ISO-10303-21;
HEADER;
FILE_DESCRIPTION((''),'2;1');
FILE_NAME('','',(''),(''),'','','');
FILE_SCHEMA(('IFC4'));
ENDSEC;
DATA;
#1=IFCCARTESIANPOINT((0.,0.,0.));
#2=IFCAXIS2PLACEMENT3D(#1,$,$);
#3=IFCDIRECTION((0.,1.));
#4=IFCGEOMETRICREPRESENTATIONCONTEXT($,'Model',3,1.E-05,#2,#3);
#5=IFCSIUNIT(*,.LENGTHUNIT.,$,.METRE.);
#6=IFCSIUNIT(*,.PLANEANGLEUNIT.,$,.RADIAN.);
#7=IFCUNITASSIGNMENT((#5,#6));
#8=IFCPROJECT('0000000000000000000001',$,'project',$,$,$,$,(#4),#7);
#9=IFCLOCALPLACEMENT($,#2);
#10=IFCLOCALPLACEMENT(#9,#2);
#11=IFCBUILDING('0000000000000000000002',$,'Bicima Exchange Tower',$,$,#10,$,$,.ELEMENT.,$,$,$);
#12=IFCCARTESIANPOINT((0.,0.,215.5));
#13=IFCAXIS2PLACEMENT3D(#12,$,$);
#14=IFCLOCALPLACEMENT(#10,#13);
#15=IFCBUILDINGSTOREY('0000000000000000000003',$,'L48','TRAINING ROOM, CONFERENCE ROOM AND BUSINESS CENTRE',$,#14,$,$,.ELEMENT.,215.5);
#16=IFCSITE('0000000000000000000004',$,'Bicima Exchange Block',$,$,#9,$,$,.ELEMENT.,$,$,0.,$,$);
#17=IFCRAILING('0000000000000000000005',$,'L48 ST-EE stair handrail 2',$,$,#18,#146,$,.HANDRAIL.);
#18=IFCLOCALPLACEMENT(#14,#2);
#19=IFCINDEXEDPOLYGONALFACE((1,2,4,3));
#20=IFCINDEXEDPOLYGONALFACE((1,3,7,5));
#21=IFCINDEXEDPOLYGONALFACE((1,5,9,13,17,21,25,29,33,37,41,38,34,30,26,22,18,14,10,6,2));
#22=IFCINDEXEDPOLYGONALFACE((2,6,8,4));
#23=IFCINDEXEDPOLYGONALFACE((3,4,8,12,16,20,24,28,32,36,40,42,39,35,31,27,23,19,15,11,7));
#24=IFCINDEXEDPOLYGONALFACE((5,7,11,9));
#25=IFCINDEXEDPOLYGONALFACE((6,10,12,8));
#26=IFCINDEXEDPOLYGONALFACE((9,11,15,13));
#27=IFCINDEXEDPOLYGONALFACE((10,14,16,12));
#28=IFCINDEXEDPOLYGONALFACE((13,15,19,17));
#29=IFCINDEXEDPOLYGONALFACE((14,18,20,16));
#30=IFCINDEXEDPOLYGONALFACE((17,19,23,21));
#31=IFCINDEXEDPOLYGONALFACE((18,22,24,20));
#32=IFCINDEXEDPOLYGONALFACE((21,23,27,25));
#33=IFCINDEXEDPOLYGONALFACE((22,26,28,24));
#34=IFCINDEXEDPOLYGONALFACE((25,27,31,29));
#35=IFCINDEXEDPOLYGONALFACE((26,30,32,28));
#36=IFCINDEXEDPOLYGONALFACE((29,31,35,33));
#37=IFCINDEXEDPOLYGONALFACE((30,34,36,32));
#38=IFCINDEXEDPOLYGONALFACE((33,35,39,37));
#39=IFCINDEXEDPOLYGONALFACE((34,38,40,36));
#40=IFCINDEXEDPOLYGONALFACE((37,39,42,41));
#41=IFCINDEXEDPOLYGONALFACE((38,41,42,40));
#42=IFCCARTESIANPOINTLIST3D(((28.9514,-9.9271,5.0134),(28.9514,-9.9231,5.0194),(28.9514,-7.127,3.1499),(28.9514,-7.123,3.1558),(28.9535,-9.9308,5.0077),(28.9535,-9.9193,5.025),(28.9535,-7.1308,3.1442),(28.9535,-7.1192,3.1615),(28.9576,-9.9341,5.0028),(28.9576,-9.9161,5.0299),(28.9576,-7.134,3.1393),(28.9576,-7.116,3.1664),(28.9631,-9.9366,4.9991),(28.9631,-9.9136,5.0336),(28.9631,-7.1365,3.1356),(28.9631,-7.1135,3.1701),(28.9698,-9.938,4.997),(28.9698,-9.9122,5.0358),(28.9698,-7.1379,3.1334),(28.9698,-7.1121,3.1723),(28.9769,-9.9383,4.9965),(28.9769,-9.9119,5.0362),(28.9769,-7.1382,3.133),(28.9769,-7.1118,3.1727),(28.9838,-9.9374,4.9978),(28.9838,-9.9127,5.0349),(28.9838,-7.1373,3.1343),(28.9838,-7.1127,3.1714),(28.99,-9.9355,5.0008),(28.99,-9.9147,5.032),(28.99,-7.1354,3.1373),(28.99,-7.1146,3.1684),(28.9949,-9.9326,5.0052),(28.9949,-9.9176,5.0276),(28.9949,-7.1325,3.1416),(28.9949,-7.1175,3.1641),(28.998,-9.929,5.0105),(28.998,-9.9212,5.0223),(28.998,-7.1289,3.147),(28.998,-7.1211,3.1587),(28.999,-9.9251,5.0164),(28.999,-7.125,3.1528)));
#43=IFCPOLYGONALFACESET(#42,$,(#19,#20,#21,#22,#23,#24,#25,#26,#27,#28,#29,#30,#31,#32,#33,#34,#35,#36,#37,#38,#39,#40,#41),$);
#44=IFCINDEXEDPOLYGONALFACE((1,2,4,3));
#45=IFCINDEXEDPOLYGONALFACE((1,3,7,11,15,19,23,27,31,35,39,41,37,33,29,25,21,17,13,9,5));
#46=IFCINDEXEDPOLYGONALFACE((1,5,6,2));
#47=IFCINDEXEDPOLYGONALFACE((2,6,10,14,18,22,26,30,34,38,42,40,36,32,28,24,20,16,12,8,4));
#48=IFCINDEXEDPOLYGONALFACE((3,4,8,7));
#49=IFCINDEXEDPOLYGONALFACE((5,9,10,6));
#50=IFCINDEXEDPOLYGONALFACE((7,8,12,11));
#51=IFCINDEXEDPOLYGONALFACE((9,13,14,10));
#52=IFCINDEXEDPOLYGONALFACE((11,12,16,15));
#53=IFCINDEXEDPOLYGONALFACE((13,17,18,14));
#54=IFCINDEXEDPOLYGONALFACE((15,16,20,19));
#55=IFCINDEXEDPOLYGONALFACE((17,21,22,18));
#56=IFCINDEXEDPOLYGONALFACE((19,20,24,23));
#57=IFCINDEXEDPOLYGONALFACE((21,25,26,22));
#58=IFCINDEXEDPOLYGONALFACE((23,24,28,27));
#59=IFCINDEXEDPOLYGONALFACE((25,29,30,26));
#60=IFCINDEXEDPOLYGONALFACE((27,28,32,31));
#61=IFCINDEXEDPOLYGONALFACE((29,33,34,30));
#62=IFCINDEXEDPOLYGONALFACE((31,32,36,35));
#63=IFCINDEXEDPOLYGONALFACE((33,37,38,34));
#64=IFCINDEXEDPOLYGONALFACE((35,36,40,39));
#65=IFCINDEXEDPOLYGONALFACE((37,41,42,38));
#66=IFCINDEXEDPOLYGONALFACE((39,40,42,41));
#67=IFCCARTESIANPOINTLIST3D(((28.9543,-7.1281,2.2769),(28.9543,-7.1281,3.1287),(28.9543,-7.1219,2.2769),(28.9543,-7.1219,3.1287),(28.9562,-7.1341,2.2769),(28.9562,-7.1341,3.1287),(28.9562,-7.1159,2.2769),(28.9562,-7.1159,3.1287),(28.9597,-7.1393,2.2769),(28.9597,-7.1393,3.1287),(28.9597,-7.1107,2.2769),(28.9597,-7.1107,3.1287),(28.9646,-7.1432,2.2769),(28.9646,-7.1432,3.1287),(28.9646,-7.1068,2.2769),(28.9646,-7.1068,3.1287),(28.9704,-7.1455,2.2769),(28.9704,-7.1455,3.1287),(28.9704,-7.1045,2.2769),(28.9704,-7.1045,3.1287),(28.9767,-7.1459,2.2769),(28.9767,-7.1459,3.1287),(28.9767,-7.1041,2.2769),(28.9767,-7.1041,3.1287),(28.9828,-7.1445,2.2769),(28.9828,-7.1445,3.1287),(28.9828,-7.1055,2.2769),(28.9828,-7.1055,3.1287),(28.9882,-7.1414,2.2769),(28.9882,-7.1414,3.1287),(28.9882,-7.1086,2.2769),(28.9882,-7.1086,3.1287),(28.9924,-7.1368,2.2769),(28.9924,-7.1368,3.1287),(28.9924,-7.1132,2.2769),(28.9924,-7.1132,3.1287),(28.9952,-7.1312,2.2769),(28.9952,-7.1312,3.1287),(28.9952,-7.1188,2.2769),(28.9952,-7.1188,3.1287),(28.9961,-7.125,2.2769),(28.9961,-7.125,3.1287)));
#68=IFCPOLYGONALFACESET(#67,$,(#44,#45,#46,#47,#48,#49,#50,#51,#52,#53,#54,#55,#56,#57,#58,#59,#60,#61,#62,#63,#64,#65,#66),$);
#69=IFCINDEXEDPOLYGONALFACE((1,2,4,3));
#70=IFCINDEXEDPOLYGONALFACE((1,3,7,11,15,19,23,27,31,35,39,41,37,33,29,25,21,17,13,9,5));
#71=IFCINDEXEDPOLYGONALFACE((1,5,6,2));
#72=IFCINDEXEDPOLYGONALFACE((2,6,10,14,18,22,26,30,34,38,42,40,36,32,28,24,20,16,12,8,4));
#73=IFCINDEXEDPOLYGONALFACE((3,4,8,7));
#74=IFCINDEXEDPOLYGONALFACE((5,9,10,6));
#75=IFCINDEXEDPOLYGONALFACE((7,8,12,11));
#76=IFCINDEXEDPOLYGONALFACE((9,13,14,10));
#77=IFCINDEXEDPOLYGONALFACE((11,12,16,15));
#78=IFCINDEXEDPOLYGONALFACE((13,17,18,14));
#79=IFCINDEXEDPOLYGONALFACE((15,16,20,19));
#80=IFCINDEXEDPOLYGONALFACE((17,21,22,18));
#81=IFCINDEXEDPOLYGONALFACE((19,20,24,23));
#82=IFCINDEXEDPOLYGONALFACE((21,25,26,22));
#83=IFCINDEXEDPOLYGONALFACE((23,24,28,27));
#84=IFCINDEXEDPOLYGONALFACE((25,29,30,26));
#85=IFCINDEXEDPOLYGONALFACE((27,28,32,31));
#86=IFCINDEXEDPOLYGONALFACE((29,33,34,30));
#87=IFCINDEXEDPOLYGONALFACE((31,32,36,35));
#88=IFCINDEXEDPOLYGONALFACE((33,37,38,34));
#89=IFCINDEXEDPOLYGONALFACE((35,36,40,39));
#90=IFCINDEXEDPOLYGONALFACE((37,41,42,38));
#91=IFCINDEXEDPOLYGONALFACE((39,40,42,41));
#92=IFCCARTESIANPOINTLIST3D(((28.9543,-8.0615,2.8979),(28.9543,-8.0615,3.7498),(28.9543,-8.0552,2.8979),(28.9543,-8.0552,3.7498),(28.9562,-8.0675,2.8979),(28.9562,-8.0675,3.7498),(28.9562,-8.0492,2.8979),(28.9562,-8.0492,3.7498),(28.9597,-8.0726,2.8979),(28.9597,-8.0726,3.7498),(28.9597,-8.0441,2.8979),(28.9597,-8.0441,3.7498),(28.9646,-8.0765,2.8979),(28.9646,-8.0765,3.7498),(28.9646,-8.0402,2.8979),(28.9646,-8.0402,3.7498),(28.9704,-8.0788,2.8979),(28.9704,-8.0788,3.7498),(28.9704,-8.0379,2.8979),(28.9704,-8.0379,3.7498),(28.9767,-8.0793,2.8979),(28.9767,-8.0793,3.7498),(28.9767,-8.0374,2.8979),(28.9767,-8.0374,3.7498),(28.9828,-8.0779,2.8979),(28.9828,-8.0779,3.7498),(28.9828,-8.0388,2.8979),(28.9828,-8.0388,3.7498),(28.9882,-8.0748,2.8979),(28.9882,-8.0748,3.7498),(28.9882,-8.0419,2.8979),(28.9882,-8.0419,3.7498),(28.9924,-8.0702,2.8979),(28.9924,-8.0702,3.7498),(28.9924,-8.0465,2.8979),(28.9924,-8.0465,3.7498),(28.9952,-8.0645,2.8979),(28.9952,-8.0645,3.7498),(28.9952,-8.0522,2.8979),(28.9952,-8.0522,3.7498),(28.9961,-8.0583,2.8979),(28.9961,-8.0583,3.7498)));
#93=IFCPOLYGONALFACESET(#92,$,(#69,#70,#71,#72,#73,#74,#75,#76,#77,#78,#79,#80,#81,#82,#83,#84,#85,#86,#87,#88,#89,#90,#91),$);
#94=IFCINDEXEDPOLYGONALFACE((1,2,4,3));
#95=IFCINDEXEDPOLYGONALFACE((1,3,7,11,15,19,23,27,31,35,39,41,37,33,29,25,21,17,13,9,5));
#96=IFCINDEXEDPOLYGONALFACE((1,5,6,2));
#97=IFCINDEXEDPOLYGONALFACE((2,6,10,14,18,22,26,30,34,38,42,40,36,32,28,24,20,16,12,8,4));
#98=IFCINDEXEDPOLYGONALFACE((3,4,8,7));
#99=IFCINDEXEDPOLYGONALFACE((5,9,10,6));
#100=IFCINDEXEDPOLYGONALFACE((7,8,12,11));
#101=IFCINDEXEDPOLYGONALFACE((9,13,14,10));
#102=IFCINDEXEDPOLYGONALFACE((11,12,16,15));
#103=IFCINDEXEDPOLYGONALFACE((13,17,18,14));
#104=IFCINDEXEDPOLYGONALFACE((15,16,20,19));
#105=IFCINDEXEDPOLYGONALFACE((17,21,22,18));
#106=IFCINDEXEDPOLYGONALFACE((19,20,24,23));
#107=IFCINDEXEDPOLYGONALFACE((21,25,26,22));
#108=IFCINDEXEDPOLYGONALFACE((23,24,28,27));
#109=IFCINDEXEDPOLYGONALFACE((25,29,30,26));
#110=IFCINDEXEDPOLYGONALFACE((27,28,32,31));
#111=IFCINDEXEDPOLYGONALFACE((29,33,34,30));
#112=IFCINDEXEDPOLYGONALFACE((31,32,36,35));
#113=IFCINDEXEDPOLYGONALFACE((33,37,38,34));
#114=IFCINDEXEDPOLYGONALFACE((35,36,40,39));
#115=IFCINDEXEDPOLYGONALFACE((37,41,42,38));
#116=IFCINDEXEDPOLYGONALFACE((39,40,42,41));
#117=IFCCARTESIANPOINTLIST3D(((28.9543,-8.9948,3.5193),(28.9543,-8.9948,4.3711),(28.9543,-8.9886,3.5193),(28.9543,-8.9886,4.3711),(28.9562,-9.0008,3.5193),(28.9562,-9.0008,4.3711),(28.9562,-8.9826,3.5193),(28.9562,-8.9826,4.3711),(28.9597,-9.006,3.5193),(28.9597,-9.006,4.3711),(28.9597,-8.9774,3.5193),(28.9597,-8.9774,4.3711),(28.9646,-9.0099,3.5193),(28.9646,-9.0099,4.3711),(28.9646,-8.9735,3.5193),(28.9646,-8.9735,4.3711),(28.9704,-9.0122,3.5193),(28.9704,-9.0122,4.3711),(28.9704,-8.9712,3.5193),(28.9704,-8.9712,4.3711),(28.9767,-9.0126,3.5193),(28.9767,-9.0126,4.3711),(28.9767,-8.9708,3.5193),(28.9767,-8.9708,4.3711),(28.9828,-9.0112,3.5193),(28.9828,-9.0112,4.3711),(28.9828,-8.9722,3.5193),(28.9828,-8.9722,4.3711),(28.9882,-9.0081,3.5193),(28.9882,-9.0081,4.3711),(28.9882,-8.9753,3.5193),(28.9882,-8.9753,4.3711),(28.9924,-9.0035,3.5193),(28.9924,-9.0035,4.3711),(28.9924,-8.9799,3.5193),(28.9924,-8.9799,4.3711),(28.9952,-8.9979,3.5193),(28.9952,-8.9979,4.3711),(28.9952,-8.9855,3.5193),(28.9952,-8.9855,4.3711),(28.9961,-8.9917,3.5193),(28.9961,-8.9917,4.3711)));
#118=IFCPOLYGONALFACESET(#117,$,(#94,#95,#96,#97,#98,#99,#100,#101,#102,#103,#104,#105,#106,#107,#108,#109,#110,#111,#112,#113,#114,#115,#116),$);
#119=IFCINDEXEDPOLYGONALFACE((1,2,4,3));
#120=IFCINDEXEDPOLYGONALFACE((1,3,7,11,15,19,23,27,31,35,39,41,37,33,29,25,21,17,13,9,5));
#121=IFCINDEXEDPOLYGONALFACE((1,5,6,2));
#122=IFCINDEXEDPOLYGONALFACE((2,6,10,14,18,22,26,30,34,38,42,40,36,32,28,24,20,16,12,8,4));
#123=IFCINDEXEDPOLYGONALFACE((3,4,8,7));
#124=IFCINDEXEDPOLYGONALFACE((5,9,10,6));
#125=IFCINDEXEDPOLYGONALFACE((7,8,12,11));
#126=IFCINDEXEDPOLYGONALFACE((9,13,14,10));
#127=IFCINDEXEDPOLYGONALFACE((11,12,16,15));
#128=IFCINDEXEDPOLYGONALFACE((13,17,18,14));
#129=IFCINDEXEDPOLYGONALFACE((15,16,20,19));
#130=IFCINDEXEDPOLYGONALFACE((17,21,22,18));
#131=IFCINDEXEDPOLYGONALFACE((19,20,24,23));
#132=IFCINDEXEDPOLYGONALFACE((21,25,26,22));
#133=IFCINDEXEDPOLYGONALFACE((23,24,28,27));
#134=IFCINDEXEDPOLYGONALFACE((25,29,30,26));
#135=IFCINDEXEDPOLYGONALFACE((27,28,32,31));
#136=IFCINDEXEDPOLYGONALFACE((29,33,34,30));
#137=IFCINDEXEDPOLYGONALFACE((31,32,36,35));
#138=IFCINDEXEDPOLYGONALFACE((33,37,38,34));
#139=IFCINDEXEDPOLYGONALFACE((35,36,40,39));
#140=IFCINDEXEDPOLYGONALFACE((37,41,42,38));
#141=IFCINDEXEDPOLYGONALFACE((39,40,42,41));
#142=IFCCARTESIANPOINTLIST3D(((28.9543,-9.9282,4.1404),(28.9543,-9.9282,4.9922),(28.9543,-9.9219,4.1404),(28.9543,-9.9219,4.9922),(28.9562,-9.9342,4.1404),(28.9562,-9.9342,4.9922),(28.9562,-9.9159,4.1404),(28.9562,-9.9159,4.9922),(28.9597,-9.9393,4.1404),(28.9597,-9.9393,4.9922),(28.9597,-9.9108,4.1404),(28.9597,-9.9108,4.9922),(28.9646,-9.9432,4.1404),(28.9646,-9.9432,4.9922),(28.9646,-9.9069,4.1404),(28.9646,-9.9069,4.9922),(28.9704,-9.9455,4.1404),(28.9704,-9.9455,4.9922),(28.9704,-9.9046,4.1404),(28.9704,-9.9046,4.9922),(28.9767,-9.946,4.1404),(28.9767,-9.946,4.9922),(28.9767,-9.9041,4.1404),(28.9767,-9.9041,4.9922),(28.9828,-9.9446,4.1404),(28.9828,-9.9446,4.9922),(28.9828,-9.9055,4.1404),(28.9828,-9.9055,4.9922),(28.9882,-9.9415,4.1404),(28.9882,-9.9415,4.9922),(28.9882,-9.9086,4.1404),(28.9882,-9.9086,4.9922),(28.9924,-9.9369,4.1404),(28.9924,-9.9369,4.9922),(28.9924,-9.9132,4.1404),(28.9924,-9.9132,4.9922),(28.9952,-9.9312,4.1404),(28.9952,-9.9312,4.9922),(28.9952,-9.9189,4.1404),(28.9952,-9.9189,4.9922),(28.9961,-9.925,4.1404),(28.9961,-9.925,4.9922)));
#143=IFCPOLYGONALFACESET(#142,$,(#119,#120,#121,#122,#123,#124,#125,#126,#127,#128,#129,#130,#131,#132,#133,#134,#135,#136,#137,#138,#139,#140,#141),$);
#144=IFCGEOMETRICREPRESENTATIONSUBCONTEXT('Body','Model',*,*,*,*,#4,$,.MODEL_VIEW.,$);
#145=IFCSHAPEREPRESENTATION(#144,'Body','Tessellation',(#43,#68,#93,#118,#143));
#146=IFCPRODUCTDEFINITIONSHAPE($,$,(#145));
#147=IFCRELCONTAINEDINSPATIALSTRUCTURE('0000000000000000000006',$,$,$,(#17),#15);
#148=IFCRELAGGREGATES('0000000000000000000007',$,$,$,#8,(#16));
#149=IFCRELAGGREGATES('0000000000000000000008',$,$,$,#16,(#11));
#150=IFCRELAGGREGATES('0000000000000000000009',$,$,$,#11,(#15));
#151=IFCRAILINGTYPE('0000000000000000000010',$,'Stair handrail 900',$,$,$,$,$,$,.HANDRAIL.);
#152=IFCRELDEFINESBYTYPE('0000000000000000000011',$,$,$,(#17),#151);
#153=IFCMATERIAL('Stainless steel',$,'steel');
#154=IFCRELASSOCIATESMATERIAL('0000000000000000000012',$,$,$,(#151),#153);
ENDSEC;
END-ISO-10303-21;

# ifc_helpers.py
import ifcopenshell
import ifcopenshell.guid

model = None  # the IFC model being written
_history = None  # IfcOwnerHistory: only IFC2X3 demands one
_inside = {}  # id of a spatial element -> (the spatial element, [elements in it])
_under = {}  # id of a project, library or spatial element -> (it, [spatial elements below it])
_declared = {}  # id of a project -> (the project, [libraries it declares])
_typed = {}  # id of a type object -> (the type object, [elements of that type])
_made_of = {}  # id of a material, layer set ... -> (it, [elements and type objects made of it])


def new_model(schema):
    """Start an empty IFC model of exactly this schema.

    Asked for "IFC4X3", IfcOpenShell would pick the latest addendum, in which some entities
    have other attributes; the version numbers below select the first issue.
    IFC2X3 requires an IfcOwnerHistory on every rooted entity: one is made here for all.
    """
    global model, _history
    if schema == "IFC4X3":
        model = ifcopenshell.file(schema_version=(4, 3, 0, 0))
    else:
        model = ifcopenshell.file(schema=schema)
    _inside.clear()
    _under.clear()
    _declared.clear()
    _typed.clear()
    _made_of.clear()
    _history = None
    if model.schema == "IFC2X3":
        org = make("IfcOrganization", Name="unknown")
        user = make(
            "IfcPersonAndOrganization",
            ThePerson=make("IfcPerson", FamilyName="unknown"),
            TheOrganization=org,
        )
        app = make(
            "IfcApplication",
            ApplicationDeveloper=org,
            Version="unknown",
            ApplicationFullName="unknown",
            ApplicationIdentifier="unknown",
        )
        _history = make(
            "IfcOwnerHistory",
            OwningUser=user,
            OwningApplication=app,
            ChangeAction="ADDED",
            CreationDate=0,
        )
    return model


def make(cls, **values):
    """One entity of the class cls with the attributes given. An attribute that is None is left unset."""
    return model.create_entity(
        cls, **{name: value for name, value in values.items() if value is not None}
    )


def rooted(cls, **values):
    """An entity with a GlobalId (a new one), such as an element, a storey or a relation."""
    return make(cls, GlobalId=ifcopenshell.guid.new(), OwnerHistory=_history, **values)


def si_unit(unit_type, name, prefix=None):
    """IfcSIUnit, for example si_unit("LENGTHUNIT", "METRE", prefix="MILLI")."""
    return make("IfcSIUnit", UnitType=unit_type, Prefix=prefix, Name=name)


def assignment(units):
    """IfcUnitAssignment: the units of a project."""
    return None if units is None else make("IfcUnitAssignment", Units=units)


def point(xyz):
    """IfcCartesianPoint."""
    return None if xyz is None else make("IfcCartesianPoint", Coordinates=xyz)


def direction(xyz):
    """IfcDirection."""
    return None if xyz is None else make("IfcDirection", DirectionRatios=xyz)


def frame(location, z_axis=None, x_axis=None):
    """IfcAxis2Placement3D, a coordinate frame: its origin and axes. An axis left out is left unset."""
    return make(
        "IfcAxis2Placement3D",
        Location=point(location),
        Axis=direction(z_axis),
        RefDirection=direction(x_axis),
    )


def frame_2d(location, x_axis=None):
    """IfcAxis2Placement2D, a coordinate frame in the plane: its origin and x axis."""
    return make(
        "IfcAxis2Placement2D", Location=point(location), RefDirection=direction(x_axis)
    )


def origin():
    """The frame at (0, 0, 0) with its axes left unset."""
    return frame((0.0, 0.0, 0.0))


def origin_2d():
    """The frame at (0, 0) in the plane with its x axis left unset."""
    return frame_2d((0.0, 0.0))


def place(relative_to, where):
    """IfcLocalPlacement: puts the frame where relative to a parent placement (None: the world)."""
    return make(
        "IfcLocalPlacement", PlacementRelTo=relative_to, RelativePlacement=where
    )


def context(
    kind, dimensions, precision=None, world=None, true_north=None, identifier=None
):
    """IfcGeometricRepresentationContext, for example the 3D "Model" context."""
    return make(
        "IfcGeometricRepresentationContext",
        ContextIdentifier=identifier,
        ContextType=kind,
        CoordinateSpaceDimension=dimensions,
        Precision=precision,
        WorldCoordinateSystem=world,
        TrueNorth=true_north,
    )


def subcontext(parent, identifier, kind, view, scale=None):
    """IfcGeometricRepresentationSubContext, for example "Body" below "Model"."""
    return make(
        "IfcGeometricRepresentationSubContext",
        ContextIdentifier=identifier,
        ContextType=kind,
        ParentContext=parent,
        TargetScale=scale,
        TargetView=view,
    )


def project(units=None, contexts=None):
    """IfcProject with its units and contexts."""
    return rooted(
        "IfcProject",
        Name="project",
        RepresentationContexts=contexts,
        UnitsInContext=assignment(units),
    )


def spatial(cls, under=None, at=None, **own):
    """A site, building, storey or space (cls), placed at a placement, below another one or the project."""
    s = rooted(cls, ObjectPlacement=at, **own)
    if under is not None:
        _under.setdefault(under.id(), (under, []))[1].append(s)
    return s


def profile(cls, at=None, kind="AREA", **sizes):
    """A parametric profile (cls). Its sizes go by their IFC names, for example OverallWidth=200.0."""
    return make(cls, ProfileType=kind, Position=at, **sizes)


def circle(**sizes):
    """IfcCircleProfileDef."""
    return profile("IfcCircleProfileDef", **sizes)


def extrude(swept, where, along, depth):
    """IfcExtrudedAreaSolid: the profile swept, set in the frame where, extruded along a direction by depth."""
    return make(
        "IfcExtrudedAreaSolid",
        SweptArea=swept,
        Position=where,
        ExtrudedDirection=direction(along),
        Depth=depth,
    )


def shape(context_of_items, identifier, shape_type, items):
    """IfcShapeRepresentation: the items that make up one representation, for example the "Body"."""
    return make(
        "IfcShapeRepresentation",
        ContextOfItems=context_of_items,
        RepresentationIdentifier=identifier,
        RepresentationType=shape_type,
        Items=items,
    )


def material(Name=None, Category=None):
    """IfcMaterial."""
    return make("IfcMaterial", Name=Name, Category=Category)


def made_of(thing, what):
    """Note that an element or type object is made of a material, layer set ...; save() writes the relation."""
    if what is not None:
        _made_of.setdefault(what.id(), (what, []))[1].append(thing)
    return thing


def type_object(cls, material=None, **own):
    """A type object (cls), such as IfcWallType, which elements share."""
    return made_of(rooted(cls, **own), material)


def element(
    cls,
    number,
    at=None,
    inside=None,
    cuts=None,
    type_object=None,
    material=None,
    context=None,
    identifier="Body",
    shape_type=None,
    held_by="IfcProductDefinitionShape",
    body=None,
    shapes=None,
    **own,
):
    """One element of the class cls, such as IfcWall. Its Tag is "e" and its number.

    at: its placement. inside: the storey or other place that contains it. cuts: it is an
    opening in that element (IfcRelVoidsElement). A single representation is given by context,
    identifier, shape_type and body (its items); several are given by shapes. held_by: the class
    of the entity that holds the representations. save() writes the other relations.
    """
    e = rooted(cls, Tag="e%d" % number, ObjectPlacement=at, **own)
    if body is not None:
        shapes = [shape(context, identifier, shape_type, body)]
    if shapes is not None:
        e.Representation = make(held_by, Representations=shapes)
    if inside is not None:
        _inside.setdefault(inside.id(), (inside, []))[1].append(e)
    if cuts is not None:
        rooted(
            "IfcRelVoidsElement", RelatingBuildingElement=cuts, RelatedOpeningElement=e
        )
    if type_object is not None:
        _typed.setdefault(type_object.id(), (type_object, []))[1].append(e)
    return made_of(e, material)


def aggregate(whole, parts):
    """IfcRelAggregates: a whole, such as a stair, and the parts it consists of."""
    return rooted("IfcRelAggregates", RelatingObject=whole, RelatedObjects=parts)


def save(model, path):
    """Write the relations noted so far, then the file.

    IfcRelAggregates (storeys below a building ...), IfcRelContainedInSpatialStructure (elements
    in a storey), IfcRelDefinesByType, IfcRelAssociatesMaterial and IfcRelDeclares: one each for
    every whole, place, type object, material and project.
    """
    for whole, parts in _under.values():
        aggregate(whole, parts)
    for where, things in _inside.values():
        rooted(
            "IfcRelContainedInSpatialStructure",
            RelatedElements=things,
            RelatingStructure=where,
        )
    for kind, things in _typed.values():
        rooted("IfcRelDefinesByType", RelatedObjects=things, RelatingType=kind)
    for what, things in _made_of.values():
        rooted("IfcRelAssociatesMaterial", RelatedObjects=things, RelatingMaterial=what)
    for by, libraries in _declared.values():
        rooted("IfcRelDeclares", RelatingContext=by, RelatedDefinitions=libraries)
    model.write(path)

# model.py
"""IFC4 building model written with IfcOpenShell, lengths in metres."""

from ifc_helpers import new_model, si_unit, direction, frame, origin, origin_2d, place, context, subcontext, project, spatial, circle, extrude, material, type_object, element, save


model = new_model("IFC4")

# Units and contexts
model_context = context("Model", 3, precision=1e-05, world=origin(), true_north=direction((0.0, 1.0)))
body_context = subcontext(model_context, "Body", "Model", "MODEL_VIEW")
ifc_project = project(units=[si_unit("LENGTHUNIT", "METRE"), si_unit("PLANEANGLEUNIT", "RADIAN")], contexts=[model_context])

# Site, building, storey
site_placement = place(None, origin())
site = spatial("IfcSite", under=ifc_project, at=site_placement, Name="Bicima Exchange Block", CompositionType="ELEMENT", RefElevation=0.0)
building_placement = place(site_placement, origin())
building = spatial("IfcBuilding", under=site, at=building_placement, Name="Bicima Exchange Tower", CompositionType="ELEMENT")
storey_placement = place(building_placement, frame((0.0, 0.0, 215.5)))
storey = spatial("IfcBuildingStorey", under=building, at=storey_placement, Name="L48", Description="TRAINING ROOM, CONFERENCE ROOM AND BUSINESS CENTRE", CompositionType="ELEMENT", Elevation=215.5)

# Railing
ifc_material_1 = material(Name="Stainless steel", Category="steel")
railing_type_1 = type_object("IfcRailingType", Name="Stair handrail 900", PredefinedType="HANDRAIL", material=ifc_material_1)
for number, where, name in (
    (1, (28.9751, -7.125, 2.2769), "L48 ST-EE stair handrail 2"),
):
    element("IfcRailing", number, at=place(storey_placement, frame(where)), inside=storey, type_object=railing_type_1, Name=name, PredefinedType="HANDRAIL", context=body_context, shape_type="SweptSolid", body=[
        extrude(circle(Radius=0.0239, at=origin_2d()), frame((0.0, 0.0, 0.876), z_axis=(0.0, -0.832486, 0.554047), x_axis=(1.0, 0.0, 0.0)), (0.0, 0.0, 1.0), 3.3635),
        extrude(circle(Radius=0.021, at=origin_2d()), origin(), (0.0, 0.0, 1.0), 0.8518),
        extrude(circle(Radius=0.021, at=origin_2d()), frame((0.0, -0.9333, 0.6211)), (0.0, 0.0, 1.0), 0.8518),
        extrude(circle(Radius=0.021, at=origin_2d()), frame((0.0, -1.8667, 1.2424)), (0.0, 0.0, 1.0), 0.8518),
        extrude(circle(Radius=0.021, at=origin_2d()), frame((0.0, -2.8, 1.8635)), (0.0, 0.0, 1.0), 0.8518),
    ])

save(model, "model.ifc")
